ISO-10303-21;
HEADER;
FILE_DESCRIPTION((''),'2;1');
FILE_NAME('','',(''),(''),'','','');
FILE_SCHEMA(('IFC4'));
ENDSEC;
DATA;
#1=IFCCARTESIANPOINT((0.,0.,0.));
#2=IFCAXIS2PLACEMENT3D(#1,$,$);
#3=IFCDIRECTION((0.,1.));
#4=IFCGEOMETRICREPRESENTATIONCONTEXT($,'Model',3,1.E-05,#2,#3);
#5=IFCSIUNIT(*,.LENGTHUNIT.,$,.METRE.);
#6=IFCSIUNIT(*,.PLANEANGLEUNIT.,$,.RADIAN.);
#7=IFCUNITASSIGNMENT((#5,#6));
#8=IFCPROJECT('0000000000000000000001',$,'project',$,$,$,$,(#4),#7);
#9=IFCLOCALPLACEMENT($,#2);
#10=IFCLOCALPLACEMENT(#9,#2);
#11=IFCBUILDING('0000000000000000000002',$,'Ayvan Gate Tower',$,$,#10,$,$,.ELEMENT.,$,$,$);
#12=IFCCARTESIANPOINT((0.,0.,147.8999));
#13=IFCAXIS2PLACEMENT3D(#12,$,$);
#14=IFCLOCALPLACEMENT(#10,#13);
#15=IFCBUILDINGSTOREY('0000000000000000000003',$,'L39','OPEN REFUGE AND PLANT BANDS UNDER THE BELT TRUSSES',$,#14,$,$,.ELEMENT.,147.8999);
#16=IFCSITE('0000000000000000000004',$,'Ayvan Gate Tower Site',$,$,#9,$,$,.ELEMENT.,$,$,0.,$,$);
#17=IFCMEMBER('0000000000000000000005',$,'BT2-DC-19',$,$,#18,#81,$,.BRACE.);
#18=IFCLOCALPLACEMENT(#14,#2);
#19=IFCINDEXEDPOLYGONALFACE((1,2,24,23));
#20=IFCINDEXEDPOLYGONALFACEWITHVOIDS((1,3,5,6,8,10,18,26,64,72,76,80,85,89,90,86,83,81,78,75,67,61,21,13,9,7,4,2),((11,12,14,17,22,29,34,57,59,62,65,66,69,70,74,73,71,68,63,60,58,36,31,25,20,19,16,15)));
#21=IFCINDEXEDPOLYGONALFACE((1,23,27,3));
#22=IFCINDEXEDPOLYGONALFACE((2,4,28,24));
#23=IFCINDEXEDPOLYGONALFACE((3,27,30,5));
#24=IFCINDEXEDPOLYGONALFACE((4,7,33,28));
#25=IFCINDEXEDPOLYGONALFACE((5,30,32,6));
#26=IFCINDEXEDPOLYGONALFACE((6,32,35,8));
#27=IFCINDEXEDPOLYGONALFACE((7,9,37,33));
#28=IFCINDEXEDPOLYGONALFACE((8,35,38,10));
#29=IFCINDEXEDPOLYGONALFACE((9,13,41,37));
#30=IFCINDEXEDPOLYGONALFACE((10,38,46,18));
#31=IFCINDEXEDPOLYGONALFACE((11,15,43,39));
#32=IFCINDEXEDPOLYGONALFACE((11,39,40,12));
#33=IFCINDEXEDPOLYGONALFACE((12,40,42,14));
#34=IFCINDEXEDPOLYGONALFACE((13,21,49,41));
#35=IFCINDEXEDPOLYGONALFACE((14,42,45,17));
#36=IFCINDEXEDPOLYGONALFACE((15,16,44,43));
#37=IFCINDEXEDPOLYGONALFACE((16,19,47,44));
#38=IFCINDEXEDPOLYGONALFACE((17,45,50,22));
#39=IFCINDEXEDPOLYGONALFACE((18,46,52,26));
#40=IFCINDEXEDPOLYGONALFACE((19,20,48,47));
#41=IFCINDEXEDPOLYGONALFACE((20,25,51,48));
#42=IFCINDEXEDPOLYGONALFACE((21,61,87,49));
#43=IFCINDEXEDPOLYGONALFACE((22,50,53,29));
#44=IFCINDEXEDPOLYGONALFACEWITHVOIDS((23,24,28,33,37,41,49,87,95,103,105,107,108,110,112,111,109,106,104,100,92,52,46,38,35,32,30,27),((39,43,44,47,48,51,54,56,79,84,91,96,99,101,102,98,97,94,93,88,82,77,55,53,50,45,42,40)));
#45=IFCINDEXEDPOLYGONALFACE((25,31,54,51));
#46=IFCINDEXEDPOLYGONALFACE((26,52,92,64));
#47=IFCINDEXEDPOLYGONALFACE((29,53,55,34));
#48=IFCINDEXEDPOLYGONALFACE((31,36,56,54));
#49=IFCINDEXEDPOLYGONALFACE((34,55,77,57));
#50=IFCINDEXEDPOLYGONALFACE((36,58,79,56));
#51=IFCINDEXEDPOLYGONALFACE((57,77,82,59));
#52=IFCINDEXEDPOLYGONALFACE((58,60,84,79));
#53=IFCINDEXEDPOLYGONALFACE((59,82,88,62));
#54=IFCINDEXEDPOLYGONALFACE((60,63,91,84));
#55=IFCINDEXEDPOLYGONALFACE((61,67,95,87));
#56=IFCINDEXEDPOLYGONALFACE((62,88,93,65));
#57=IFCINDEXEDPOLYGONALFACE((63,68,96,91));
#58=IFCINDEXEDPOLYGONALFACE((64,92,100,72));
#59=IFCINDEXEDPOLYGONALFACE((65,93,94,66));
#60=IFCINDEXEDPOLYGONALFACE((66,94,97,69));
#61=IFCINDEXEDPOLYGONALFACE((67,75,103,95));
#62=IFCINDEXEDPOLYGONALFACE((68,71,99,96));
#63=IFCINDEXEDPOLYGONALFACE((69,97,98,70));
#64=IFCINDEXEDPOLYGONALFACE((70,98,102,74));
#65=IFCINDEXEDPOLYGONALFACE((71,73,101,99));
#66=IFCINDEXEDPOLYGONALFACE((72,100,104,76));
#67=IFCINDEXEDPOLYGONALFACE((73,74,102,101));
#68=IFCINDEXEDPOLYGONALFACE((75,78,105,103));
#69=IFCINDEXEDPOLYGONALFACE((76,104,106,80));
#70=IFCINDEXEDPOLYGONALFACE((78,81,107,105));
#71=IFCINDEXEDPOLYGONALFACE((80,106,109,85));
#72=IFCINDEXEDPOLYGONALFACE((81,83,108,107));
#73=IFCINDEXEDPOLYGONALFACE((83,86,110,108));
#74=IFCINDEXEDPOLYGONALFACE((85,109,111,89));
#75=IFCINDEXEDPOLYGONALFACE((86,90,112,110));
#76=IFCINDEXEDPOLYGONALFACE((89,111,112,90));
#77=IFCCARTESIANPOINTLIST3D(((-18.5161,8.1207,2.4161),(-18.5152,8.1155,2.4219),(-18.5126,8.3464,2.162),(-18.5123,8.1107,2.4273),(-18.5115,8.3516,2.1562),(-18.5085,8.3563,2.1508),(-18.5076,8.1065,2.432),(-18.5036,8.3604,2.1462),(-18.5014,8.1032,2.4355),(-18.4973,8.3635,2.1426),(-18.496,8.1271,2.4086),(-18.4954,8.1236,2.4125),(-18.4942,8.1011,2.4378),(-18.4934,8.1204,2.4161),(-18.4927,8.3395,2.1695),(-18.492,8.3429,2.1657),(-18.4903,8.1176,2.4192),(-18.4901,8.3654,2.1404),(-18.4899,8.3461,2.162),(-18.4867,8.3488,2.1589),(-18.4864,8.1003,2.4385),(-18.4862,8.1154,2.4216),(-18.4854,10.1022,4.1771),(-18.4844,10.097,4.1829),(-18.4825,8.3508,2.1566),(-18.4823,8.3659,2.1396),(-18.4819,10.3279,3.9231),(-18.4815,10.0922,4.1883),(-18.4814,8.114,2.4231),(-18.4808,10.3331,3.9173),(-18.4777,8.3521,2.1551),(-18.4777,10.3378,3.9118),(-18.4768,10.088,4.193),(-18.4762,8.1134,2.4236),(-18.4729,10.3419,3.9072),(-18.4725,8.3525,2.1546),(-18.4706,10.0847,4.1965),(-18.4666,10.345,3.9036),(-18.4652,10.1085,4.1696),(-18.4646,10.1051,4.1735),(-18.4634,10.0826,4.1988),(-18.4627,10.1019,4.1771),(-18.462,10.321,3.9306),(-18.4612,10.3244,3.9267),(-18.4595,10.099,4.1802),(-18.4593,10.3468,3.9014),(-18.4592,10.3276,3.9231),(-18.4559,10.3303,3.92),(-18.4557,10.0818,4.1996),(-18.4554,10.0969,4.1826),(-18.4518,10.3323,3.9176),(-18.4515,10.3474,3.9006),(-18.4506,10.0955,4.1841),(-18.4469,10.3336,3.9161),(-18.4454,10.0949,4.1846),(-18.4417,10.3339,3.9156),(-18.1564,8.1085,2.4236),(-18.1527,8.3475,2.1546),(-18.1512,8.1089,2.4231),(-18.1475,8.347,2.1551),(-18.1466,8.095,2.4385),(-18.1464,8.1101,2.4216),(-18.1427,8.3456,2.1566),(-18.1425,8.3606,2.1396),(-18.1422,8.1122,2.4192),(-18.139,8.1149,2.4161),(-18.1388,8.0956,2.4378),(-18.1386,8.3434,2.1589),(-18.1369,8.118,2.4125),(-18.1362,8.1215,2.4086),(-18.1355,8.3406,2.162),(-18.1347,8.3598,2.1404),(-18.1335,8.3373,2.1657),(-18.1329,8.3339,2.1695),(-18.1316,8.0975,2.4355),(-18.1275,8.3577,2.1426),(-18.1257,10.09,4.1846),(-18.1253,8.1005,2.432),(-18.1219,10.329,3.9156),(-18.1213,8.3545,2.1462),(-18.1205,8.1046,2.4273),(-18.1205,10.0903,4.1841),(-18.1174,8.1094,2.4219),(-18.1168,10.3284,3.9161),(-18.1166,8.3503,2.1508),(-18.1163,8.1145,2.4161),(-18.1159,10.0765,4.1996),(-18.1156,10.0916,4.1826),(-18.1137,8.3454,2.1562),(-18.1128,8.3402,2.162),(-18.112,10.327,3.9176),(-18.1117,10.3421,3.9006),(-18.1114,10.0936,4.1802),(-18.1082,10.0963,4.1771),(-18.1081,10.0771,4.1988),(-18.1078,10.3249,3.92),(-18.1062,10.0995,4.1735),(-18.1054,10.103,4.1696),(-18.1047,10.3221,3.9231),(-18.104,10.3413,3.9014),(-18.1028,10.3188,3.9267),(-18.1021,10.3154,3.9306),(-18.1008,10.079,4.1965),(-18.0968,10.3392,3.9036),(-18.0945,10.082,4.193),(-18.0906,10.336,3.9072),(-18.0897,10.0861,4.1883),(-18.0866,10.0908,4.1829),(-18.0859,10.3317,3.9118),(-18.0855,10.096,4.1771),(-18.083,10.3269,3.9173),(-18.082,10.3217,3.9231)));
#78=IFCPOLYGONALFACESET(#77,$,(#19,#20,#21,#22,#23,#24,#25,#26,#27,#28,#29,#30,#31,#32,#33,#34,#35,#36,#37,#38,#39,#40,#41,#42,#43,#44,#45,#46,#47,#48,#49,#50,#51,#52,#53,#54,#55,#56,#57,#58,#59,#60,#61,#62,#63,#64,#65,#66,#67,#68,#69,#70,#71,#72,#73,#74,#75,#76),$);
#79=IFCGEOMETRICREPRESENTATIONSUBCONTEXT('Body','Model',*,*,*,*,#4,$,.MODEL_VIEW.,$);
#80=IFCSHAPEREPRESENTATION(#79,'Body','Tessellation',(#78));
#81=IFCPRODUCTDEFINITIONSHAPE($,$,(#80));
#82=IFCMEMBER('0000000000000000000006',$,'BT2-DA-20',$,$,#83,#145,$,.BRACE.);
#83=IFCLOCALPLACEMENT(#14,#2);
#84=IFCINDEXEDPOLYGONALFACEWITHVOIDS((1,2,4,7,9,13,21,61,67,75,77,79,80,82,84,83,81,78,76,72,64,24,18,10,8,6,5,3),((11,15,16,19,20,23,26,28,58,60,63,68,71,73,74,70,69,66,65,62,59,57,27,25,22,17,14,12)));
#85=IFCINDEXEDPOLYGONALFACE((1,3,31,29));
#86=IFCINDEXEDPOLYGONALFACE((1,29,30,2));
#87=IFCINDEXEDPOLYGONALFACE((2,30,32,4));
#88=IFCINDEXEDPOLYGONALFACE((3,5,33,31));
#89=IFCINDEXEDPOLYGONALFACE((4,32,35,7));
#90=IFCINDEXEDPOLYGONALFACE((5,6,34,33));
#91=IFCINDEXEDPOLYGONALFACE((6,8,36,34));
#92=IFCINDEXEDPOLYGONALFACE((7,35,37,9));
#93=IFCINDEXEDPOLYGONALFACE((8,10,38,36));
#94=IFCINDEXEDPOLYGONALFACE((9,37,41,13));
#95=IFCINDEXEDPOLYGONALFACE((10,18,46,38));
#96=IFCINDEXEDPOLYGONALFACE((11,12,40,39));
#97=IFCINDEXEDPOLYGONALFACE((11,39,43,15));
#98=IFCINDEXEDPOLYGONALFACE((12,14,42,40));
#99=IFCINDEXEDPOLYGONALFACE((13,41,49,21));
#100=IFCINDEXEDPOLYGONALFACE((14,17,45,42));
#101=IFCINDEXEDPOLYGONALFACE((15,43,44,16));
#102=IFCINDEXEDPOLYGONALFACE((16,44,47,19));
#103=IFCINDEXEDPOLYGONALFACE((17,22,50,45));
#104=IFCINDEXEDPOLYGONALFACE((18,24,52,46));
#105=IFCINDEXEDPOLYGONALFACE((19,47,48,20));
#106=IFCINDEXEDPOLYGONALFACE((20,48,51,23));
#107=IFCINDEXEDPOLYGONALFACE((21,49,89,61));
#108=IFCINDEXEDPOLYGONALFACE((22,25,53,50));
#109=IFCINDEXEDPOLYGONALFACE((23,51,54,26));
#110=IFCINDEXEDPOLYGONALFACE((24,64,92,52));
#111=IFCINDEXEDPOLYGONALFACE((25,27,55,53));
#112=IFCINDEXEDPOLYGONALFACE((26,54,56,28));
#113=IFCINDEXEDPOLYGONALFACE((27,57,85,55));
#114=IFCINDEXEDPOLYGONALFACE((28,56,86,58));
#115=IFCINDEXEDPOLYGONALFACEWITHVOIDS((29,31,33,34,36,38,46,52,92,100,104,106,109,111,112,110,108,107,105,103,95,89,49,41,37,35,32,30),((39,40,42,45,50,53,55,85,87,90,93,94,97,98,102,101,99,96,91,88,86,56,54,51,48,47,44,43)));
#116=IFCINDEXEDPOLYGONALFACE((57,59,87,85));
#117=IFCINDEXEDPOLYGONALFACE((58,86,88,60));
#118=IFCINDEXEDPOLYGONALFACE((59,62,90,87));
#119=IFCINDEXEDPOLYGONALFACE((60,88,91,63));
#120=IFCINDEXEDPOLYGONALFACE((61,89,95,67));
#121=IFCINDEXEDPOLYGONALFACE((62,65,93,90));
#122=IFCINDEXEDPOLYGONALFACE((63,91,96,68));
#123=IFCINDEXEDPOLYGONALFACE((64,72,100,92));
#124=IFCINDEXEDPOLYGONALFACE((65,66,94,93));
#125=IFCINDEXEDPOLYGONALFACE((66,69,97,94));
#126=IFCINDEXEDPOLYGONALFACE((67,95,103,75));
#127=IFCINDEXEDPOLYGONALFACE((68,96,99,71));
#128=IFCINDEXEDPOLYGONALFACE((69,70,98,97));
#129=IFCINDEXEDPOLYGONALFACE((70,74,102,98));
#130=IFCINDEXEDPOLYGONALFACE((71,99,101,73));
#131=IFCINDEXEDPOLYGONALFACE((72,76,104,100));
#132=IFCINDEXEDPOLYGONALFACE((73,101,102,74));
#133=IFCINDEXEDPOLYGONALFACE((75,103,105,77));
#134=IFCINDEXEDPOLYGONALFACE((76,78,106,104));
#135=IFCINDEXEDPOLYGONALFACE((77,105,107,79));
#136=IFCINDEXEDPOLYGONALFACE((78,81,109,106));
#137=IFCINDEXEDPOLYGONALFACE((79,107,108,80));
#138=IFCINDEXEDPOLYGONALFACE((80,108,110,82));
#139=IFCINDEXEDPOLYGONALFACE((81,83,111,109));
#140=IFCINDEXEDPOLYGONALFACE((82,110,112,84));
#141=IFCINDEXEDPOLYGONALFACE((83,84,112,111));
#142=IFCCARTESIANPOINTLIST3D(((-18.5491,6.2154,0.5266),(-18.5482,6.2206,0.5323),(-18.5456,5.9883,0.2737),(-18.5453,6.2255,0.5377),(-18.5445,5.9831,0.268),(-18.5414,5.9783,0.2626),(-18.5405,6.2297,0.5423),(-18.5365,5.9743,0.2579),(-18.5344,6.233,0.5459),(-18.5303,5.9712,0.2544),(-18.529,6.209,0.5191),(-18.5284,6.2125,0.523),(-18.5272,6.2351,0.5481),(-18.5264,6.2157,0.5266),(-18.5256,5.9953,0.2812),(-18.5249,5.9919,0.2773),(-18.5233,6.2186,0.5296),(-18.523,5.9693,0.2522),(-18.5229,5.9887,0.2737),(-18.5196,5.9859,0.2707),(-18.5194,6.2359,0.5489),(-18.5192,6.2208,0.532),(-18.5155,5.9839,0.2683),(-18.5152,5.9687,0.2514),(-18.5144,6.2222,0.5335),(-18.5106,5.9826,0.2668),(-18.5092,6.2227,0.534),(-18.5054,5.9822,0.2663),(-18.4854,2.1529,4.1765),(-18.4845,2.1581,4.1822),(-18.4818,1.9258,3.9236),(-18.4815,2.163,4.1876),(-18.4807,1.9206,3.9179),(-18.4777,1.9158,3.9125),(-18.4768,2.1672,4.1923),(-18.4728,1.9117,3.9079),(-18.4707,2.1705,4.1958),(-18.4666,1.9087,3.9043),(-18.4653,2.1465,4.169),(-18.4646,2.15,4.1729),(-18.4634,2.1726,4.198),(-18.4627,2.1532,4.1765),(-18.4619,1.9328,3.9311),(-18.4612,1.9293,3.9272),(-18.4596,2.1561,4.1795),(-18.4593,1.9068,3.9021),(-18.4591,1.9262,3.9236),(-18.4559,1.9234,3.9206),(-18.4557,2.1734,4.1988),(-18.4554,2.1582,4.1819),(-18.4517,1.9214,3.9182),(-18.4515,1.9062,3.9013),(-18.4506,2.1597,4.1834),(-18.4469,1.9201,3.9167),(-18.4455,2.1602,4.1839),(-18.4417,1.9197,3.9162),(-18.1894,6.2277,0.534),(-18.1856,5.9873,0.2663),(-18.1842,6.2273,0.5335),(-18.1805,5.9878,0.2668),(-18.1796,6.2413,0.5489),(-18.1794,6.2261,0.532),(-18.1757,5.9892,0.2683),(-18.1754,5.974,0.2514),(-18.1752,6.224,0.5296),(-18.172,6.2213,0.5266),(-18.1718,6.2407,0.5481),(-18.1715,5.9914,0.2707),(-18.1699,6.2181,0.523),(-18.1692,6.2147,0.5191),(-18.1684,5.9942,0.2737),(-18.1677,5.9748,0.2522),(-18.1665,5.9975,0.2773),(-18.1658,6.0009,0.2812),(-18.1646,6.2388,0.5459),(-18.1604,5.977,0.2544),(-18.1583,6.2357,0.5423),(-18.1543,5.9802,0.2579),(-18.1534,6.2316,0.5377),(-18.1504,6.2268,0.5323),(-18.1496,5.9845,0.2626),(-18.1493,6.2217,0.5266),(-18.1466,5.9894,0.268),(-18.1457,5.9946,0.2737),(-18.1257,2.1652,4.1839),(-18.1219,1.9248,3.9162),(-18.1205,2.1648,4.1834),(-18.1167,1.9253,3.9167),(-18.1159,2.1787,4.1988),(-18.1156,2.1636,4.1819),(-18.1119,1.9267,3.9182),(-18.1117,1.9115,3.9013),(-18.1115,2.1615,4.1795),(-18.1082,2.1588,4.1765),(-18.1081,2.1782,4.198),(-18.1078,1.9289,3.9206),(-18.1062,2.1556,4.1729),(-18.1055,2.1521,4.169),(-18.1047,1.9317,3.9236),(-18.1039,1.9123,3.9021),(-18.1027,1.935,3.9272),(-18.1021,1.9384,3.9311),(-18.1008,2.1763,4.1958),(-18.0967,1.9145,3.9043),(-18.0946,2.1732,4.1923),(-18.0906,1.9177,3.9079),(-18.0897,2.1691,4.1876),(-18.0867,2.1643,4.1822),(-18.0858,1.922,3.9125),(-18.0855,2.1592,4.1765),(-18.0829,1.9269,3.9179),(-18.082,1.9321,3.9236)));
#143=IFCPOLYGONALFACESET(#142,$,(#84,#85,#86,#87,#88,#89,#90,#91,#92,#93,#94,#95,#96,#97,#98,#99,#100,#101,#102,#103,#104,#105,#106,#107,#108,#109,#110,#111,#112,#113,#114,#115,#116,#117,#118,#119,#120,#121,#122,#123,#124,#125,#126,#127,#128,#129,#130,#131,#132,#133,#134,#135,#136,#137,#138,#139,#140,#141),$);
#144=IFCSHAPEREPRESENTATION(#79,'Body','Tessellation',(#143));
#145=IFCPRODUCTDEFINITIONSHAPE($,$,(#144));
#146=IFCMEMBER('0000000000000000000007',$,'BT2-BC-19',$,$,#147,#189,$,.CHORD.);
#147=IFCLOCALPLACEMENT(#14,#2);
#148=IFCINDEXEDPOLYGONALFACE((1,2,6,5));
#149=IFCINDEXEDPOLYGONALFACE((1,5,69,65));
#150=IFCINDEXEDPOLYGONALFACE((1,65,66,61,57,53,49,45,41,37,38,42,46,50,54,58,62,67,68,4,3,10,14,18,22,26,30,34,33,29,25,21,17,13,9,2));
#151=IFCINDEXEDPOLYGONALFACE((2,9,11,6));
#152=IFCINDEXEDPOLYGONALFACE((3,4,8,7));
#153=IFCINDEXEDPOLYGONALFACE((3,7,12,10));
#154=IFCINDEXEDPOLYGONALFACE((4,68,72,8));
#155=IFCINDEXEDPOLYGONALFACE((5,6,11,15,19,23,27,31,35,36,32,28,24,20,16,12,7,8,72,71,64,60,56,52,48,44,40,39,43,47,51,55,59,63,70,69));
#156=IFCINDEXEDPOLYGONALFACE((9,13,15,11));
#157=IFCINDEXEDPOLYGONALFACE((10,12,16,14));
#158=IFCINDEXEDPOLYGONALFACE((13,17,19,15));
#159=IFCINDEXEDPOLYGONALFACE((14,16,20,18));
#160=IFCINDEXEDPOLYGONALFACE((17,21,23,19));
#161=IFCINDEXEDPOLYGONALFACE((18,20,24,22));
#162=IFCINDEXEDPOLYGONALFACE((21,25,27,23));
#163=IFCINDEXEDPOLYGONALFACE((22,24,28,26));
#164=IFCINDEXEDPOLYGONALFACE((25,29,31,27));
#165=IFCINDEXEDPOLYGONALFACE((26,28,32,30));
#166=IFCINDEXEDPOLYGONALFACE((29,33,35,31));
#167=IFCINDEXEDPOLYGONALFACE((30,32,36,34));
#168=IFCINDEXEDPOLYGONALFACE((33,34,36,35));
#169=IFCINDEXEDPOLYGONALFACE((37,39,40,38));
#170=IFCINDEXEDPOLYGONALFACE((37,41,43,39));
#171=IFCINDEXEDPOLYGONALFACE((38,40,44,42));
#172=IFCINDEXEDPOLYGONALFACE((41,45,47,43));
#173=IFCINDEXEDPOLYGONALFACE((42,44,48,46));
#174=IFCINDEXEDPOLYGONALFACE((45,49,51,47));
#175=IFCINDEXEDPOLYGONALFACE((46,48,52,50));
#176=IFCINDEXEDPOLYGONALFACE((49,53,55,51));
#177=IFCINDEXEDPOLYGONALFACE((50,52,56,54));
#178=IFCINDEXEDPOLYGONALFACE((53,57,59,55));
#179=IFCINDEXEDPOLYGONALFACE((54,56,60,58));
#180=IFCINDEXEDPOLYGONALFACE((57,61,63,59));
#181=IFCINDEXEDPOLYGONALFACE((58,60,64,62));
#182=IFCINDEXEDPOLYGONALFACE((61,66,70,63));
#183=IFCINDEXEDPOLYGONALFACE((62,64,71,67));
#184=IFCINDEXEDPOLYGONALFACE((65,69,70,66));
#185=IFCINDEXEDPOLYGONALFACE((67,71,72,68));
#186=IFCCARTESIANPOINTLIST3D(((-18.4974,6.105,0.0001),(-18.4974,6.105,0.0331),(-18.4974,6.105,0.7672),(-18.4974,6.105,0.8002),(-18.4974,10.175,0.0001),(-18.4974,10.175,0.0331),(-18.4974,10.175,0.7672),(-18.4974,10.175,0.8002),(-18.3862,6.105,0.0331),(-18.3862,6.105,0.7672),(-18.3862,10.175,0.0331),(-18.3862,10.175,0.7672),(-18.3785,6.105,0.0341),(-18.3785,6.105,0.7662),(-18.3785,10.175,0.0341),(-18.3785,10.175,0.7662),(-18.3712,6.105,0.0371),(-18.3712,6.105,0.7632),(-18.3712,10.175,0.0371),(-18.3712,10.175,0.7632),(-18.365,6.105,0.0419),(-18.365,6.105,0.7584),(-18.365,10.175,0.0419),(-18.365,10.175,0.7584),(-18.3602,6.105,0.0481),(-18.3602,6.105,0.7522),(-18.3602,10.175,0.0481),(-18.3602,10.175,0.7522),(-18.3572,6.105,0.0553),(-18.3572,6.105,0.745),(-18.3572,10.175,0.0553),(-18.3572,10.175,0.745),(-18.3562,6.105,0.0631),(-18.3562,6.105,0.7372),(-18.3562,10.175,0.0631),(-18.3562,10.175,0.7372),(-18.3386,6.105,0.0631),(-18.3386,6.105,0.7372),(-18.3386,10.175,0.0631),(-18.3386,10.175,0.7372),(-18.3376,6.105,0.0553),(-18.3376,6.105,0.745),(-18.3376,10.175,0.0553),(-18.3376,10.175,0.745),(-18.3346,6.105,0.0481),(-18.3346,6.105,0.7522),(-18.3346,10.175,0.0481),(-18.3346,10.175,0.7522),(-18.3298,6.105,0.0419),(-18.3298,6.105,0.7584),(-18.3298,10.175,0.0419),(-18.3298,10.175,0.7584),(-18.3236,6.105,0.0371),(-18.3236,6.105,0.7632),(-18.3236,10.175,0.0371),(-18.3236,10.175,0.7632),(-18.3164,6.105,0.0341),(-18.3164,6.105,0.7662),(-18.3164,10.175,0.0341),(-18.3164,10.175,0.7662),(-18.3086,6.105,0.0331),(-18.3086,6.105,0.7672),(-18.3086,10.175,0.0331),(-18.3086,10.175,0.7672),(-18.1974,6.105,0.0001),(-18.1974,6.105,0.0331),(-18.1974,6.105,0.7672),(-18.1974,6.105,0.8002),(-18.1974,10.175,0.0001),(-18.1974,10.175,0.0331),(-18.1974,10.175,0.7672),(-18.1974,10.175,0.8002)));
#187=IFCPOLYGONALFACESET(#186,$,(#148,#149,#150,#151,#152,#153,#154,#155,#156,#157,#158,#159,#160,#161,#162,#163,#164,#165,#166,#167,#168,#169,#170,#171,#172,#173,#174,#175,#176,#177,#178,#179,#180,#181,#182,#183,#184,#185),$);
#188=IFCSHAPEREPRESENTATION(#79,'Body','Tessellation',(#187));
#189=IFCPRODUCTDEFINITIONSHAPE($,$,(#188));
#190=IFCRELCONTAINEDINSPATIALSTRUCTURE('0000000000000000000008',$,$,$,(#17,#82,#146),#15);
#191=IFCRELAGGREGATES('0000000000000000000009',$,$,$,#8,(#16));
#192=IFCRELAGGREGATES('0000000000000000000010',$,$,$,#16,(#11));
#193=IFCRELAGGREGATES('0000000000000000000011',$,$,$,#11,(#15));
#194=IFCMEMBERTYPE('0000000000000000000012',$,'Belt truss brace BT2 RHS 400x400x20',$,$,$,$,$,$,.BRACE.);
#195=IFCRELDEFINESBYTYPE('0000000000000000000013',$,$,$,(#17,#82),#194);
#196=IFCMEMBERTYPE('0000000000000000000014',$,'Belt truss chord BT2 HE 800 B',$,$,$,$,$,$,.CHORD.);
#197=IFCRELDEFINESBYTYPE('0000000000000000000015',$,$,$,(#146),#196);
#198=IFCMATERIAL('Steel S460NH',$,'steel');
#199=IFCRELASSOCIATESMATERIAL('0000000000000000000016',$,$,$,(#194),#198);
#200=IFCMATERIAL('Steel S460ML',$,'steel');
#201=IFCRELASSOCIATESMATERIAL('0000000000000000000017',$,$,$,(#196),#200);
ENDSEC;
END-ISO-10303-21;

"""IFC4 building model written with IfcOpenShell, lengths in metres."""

from ifc_helpers import new_model, si_unit, direction, frame, origin, origin_2d, place, context, subcontext, project, spatial, hollow_rectangle, i_section, extrude, material, material_profile, profile_set, type_object, element, save


model = new_model("IFC4")

# Units and contexts
model_context = context("Model", 3, precision=1e-05, world=origin(), true_north=direction((0.0, 1.0)))
body_context = subcontext(model_context, "Body", "Model", "MODEL_VIEW")
ifc_project = project(units=[si_unit("LENGTHUNIT", "METRE"), si_unit("PLANEANGLEUNIT", "RADIAN")], contexts=[model_context])

# Site, building, storey
site_placement = place(None, origin())
site = spatial("IfcSite", under=ifc_project, at=site_placement, Name="Ayvan Gate Tower Site", CompositionType="ELEMENT", RefElevation=0.0)
building_placement = place(site_placement, origin())
building = spatial("IfcBuilding", under=site, at=building_placement, Name="Ayvan Gate Tower", CompositionType="ELEMENT")
storey_placement = place(building_placement, frame((0.0, 0.0, 147.8999)))
storey = spatial("IfcBuildingStorey", under=building, at=storey_placement, Name="L39", Description="OPEN REFUGE AND PLANT BANDS UNDER THE BELT TRUSSES", CompositionType="ELEMENT", Elevation=147.8999)

# Members
ifc_material_1 = material(Name="Steel S460NH", Category="steel")
ifc_material_profile_1 = material_profile(ifc_material_1, hollow_rectangle(XDim=0.3999, YDim=0.3999, WallThickness=0.02, InnerFilletRadius=0.02, OuterFilletRadius=0.03, at=origin_2d()), Name="RHS 400x400x20")
ifc_profile_set_1 = profile_set([ifc_material_profile_1], Name="Steel S460NH")
member_type_1 = type_object("IfcMemberType", Name="Belt truss brace BT2 RHS 400x400x20", PredefinedType="BRACE", material=ifc_profile_set_1)
member_1_placement = place(storey_placement, frame((-18.3145, 8.2305, 2.2891), z_axis=(0.011604, 0.747415, 0.664256), x_axis=(-0.99988, 0.015523, 0.0)))
element("IfcMember", 1, at=member_1_placement, inside=storey, type_object=member_type_1, Name="BT2-DC-19", PredefinedType="BRACE", context=body_context, shape_type="SweptSolid", body=[
    extrude(hollow_rectangle(XDim=0.3999, YDim=0.3999, WallThickness=0.02, InnerFilletRadius=0.02, OuterFilletRadius=0.03, at=origin_2d()), origin(), (0.0, 0.0, 1.0), 2.6511),
])
member_2_placement = place(storey_placement, frame((-18.3474, 6.105, 0.4001), z_axis=(0.011667, -0.743821, 0.668277), x_axis=(0.999877, 0.015683, 0.0)))
element("IfcMember", 2, at=member_2_placement, inside=storey, type_object=member_type_1, Name="BT2-DA-20", PredefinedType="BRACE", context=body_context, shape_type="SweptSolid", body=[
    extrude(hollow_rectangle(XDim=0.3999, YDim=0.3999, WallThickness=0.02, InnerFilletRadius=0.02, OuterFilletRadius=0.03, at=origin_2d()), origin(), (0.0, 0.0, 1.0), 5.4617),
])
ifc_material_2 = material(Name="Steel S460ML", Category="steel")
ifc_material_profile_2 = material_profile(ifc_material_2, i_section(OverallWidth=0.3, OverallDepth=0.8, WebThickness=0.0176, FlangeThickness=0.033, FilletRadius=0.03, at=origin_2d()), Name="HE 800 B")
ifc_profile_set_2 = profile_set([ifc_material_profile_2], Name="Steel S460ML")
member_type_2 = type_object("IfcMemberType", Name="Belt truss chord BT2 HE 800 B", PredefinedType="CHORD", material=ifc_profile_set_2)
member_3_placement = place(storey_placement, frame((-18.3474, 10.175, 0.4001), z_axis=(0.0, -1.0, 0.0), x_axis=(1.0, 0.0, 0.0)))
element("IfcMember", 3, at=member_3_placement, inside=storey, type_object=member_type_2, Name="BT2-BC-19", PredefinedType="CHORD", context=body_context, shape_type="SweptSolid", body=[
    extrude(i_section(OverallWidth=0.3, OverallDepth=0.8, WebThickness=0.0176, FlangeThickness=0.033, FilletRadius=0.03, at=origin_2d()), origin(), (0.0, 0.0, 1.0), 4.0701),
])

save(model, "model.ifc")
